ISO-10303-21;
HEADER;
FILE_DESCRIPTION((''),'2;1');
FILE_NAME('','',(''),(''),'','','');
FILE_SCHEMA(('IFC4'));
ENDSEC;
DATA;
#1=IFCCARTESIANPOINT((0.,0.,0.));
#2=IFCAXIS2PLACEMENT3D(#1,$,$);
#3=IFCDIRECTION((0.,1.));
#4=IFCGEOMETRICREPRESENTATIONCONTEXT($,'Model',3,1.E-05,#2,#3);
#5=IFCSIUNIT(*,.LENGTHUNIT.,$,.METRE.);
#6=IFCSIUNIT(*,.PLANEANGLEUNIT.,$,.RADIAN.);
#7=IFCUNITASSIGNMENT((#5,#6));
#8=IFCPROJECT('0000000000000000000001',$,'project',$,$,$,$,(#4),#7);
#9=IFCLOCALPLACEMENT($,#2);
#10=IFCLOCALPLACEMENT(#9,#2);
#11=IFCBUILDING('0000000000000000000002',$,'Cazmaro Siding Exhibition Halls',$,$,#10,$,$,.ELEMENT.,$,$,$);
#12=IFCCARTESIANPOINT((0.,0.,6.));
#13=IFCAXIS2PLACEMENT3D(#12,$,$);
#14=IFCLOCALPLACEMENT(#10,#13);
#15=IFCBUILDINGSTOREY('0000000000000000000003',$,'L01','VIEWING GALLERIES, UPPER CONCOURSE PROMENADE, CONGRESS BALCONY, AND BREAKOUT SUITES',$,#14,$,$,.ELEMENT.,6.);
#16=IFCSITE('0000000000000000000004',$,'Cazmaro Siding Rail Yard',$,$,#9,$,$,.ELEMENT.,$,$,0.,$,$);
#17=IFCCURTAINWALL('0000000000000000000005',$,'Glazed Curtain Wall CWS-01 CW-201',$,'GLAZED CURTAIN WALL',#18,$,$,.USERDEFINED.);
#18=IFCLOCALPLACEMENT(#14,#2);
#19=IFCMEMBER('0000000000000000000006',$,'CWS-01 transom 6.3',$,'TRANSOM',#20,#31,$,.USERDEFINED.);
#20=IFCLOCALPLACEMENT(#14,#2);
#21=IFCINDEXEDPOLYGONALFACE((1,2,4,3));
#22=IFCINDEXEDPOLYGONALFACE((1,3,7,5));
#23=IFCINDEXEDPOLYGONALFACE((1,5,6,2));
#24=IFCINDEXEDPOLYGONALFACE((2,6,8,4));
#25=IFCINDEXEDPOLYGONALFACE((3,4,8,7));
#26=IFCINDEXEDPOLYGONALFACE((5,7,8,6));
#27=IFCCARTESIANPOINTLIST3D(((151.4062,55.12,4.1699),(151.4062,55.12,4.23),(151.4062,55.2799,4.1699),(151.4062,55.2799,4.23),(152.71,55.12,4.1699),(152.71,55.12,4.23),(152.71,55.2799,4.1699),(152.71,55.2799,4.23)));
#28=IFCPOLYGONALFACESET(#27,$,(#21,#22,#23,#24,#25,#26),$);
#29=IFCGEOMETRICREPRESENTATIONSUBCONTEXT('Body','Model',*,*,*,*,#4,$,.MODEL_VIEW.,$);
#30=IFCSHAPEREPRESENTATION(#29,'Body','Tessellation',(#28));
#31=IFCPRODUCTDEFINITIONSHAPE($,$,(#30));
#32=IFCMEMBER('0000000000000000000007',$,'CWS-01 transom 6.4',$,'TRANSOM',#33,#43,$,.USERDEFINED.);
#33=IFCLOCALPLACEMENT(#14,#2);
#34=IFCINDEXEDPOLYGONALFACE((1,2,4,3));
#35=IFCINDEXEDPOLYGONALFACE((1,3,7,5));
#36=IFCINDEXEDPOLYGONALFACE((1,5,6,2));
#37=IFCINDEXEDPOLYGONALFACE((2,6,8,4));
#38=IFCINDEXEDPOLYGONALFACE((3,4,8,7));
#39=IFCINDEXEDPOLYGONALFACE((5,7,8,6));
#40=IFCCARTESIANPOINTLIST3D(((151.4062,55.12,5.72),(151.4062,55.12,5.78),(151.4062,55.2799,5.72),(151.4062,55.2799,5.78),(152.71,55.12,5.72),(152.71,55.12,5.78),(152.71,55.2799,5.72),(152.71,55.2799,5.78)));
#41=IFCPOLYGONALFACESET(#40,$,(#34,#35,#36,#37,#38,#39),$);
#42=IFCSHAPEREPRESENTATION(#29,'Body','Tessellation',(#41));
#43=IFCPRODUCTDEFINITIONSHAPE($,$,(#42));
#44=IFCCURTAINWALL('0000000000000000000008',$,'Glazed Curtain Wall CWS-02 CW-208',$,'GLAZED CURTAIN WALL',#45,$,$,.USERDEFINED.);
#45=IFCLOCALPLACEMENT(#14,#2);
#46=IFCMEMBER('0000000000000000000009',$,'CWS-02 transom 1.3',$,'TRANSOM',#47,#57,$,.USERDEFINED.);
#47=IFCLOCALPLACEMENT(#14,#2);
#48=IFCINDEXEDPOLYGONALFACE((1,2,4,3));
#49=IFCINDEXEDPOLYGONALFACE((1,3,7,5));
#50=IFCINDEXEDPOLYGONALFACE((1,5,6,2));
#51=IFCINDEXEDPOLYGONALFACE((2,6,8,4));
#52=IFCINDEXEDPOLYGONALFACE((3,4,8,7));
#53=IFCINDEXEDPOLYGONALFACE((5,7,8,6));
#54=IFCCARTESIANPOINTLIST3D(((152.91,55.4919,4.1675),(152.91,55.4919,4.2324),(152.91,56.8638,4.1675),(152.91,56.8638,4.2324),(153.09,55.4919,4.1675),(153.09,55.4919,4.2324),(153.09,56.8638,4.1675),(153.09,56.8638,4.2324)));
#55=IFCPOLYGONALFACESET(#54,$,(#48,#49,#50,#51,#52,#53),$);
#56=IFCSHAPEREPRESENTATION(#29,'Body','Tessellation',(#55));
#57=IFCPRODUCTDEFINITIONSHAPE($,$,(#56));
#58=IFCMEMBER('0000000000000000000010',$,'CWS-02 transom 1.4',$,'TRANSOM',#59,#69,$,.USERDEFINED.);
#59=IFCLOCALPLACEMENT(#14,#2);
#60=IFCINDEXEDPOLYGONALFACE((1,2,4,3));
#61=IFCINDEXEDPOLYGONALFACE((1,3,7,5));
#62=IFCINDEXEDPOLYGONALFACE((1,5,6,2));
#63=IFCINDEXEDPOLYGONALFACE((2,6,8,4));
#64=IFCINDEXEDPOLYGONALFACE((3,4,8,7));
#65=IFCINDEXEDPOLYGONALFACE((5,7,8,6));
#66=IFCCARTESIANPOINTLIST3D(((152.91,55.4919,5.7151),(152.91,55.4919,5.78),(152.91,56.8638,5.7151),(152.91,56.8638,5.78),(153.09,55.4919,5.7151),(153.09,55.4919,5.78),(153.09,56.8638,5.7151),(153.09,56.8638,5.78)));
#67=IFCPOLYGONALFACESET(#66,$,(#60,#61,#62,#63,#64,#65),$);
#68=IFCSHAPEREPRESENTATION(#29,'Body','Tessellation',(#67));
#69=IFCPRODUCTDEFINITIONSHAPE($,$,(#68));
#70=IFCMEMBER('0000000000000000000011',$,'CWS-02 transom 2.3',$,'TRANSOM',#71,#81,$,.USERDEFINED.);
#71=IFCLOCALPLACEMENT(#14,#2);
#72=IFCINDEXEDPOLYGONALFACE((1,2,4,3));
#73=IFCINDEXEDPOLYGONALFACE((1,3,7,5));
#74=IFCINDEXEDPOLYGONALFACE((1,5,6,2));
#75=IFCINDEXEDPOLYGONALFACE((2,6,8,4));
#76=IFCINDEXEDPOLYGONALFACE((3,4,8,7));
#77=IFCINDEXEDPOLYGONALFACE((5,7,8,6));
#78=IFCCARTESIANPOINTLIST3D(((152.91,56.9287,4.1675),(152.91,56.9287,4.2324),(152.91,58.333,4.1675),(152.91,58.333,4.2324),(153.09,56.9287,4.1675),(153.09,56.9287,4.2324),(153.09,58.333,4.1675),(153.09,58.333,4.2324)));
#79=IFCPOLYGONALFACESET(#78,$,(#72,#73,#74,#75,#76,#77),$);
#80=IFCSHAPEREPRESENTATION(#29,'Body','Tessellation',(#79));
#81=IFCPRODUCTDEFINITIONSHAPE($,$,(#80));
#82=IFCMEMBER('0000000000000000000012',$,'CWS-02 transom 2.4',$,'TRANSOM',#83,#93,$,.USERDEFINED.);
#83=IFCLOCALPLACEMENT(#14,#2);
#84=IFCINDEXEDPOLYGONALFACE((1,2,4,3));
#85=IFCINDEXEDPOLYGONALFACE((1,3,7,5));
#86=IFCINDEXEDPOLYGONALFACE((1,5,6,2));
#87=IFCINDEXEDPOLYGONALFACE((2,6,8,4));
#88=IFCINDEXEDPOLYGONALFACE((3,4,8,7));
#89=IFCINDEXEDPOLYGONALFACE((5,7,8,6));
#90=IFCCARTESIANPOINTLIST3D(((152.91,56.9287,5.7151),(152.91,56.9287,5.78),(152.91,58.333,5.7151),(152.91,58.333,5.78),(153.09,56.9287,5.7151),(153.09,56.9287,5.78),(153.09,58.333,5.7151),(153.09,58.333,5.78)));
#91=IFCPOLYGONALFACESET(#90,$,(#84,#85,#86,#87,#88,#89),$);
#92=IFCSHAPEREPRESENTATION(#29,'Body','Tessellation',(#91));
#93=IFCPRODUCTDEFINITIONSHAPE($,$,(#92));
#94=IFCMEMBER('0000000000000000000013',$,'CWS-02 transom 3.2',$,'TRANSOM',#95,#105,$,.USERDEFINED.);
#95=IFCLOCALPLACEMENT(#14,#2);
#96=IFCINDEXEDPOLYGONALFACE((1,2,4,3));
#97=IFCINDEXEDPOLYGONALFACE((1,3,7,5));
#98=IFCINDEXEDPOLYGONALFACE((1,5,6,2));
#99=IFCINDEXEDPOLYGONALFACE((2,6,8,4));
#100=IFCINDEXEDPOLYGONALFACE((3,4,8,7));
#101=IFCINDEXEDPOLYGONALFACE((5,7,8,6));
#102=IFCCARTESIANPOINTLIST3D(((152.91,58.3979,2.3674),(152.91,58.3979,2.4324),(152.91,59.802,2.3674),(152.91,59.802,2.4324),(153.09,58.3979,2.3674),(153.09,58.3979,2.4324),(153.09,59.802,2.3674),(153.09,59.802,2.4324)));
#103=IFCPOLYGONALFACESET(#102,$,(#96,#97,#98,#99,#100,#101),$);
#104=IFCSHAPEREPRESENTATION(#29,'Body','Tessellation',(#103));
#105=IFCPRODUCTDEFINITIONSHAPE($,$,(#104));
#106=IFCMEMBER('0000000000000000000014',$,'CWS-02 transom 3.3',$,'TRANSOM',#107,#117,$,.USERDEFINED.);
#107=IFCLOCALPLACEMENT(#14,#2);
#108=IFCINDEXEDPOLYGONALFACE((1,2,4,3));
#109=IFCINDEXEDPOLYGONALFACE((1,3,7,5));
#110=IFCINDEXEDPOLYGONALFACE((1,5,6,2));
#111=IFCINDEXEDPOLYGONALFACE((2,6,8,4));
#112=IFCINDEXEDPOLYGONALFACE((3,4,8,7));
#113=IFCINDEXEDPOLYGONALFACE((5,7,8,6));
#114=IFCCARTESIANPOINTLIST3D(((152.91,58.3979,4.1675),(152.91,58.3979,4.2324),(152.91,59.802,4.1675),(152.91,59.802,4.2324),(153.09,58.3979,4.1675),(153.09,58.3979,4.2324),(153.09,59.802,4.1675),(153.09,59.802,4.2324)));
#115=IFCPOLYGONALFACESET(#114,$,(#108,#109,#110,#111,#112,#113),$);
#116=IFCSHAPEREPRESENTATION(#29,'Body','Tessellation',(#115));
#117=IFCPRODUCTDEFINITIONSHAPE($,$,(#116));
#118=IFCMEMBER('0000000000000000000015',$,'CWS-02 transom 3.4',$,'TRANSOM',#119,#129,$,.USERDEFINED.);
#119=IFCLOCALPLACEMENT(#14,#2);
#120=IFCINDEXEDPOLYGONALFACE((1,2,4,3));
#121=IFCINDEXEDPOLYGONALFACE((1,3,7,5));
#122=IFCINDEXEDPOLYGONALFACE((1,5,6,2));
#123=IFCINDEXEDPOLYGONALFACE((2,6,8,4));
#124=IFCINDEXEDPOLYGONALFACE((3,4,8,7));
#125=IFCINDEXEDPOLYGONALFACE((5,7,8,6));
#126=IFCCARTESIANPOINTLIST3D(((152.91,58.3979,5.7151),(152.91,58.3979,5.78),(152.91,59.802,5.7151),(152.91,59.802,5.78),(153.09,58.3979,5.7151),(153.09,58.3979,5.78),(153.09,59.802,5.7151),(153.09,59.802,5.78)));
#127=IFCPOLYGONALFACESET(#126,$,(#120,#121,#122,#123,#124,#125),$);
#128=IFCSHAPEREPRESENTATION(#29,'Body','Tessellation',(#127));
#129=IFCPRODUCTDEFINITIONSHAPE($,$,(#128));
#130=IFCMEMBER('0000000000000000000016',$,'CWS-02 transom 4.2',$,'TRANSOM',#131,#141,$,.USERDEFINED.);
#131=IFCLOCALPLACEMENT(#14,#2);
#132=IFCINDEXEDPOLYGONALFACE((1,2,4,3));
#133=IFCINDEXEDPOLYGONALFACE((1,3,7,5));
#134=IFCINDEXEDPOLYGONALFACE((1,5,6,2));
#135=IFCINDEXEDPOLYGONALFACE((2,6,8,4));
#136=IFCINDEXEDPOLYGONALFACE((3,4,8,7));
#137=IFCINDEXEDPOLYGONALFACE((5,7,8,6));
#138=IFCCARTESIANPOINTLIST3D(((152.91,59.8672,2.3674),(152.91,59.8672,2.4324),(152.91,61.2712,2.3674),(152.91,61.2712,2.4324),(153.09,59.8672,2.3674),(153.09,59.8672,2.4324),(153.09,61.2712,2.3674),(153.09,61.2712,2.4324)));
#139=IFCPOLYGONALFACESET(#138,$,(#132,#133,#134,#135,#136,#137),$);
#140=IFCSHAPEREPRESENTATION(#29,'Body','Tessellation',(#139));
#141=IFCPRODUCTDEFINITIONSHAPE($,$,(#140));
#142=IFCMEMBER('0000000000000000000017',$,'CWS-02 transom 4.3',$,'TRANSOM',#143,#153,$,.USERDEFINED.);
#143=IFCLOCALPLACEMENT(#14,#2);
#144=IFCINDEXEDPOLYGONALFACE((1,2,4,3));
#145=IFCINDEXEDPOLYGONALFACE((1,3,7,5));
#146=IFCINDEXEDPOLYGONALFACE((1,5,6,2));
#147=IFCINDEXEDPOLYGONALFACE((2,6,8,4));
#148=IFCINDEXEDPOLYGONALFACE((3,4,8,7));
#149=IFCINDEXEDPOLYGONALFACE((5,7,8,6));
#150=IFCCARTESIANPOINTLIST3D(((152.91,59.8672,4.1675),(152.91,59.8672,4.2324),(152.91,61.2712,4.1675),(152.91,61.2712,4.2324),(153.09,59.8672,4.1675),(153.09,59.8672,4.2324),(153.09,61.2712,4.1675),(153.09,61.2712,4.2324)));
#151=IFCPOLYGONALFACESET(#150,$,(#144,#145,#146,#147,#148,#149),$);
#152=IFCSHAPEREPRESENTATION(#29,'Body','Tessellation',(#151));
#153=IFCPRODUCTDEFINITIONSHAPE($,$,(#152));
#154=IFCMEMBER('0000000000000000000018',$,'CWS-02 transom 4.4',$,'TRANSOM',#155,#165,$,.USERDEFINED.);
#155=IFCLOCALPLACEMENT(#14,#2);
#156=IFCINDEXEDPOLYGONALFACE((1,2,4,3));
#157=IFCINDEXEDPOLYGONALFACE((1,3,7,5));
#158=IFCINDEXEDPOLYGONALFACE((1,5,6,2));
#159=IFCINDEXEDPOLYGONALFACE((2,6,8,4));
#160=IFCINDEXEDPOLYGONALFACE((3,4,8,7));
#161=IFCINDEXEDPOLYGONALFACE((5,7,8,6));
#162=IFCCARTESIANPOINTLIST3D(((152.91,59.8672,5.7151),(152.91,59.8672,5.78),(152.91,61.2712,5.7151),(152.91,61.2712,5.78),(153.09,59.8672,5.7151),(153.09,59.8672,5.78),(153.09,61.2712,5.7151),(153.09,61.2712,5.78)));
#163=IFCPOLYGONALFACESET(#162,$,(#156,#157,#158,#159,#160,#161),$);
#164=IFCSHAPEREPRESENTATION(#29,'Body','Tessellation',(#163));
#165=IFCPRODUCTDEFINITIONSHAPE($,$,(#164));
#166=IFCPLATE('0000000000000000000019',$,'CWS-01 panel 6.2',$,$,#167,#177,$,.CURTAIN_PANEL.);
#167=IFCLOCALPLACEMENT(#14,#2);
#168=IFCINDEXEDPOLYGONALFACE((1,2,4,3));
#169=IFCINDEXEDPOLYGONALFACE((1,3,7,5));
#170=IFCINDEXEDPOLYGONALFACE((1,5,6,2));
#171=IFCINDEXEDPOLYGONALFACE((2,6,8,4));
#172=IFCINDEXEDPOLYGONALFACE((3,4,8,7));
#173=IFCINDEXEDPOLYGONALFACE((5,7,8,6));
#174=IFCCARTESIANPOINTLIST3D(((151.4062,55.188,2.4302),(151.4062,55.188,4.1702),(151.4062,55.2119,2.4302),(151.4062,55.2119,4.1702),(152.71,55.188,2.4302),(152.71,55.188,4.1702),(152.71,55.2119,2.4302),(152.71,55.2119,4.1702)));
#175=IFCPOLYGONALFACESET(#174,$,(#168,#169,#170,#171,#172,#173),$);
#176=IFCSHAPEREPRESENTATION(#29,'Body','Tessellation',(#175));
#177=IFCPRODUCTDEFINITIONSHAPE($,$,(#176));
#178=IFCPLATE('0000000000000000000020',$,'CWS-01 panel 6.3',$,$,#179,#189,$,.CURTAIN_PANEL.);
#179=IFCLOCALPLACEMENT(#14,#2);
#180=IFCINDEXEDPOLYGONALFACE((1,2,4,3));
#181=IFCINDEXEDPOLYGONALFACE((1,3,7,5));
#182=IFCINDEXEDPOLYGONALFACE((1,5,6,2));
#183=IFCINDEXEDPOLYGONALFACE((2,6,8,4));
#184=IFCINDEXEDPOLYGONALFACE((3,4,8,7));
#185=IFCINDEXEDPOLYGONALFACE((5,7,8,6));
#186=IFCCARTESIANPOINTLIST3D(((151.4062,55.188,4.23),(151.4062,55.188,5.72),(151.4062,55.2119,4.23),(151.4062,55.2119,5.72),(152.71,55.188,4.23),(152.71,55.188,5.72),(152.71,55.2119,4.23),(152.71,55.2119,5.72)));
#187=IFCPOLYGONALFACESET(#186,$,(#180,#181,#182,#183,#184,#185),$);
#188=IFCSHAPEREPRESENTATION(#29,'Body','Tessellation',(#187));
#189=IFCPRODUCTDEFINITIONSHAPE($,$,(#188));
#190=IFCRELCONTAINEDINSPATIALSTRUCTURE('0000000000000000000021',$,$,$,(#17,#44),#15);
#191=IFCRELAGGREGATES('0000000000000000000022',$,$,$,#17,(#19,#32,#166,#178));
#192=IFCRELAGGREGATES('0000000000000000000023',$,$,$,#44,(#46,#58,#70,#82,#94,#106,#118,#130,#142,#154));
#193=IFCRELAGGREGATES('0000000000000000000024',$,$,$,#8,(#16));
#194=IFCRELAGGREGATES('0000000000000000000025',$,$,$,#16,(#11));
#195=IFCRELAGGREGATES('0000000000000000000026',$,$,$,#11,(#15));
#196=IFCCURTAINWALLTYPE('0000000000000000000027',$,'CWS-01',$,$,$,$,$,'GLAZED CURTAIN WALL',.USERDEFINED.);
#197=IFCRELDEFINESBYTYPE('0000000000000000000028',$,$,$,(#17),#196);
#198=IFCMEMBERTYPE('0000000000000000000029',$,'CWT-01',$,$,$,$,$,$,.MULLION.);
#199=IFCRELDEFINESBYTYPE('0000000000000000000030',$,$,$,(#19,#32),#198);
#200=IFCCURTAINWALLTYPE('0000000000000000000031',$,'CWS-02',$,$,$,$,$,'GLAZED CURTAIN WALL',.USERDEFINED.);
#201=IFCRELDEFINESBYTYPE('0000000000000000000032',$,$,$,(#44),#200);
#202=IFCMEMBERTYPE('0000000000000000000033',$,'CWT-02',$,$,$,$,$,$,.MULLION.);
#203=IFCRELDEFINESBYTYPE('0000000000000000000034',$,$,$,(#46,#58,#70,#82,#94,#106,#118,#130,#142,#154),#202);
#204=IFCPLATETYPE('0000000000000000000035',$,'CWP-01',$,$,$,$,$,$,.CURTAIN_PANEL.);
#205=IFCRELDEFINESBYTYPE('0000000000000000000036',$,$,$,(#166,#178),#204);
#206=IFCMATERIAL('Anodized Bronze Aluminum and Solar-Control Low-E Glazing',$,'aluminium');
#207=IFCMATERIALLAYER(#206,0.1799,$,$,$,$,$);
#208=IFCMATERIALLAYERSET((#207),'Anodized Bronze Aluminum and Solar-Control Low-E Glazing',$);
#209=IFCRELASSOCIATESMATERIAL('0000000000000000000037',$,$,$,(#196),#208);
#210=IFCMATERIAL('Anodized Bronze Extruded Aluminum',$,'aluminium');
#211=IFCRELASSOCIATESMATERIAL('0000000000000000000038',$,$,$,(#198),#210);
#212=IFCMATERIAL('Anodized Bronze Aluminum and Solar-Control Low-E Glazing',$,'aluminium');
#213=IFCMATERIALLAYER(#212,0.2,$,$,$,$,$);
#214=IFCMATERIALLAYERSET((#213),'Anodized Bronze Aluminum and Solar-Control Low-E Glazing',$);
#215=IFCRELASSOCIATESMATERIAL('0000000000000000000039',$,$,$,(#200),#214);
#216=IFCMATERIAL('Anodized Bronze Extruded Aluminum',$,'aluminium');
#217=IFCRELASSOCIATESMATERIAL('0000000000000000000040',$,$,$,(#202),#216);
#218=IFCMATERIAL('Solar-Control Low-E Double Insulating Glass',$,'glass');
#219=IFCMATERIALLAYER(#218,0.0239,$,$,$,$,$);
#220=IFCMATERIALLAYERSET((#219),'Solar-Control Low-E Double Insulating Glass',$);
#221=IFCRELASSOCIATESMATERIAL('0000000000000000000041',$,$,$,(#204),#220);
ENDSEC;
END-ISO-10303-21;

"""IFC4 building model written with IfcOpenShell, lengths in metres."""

from ifc_helpers import new_model, si_unit, direction, frame, origin, origin_2d, place, context, subcontext, project, spatial, rectangle, extrude, material, layer, layer_set, material_profile, profile_set, type_object, element, aggregate, save


model = new_model("IFC4")

# Units and contexts
model_context = context("Model", 3, precision=1e-05, world=origin(), true_north=direction((0.0, 1.0)))
body_context = subcontext(model_context, "Body", "Model", "MODEL_VIEW")
ifc_project = project(units=[si_unit("LENGTHUNIT", "METRE"), si_unit("PLANEANGLEUNIT", "RADIAN")], contexts=[model_context])

# Site, building, storey
site_placement = place(None, origin())
site = spatial("IfcSite", under=ifc_project, at=site_placement, Name="Cazmaro Siding Rail Yard", CompositionType="ELEMENT", RefElevation=0.0)
building_placement = place(site_placement, origin())
building = spatial("IfcBuilding", under=site, at=building_placement, Name="Cazmaro Siding Exhibition Halls", CompositionType="ELEMENT")
storey_placement = place(building_placement, frame((0.0, 0.0, 6.0)))
storey = spatial("IfcBuildingStorey", under=building, at=storey_placement, Name="L01", Description="VIEWING GALLERIES, UPPER CONCOURSE PROMENADE, CONGRESS BALCONY, AND BREAKOUT SUITES", CompositionType="ELEMENT", Elevation=6.0)

# Curtain walls, members
ifc_material_1 = material(Name="Anodized Bronze Aluminum and Solar-Control Low-E Glazing", Category="aluminium")
ifc_layer_1 = layer(ifc_material_1, 0.1799)
ifc_layer_set_1 = layer_set([ifc_layer_1], Name="Anodized Bronze Aluminum and Solar-Control Low-E Glazing")
curtain_wall_type_1 = type_object("IfcCurtainWallType", Name="CWS-01", ElementType="GLAZED CURTAIN WALL", PredefinedType="USERDEFINED", material=ifc_layer_set_1)
curtain_wall_1_placement = place(storey_placement, origin())
curtain_wall_1 = element("IfcCurtainWall", 1, at=curtain_wall_1_placement, inside=storey, type_object=curtain_wall_type_1, Name="Glazed Curtain Wall CWS-01 CW-201", ObjectType="GLAZED CURTAIN WALL", PredefinedType="USERDEFINED")
ifc_material_2 = material(Name="Anodized Bronze Extruded Aluminum", Category="aluminium")
ifc_material_profile_1 = material_profile(ifc_material_2, rectangle(XDim=0.1599, YDim=0.0601, at=origin_2d()), Name="CWT-01")
ifc_profile_set_1 = profile_set([ifc_material_profile_1], Name="Anodized Bronze Extruded Aluminum")
member_type_1 = type_object("IfcMemberType", Name="CWT-01", PredefinedType="MULLION", material=ifc_profile_set_1)
member_1_placement = place(storey_placement, frame((151.4062, 55.2, 4.2), z_axis=(1.0, 0.0, 0.0), x_axis=(0.0, 1.0, 0.0)))
member_1 = element("IfcMember", 2, at=member_1_placement, type_object=member_type_1, Name="CWS-01 transom 6.3", ObjectType="TRANSOM", PredefinedType="USERDEFINED", context=body_context, shape_type="SweptSolid", body=[
    extrude(rectangle(XDim=0.1599, YDim=0.0601, at=origin_2d()), origin(), (0.0, 0.0, 1.0), 1.3037),
])
member_2_placement = place(storey_placement, frame((151.4062, 55.2, 5.75), z_axis=(1.0, 0.0, 0.0), x_axis=(0.0, 1.0, 0.0)))
member_2 = element("IfcMember", 3, at=member_2_placement, type_object=member_type_1, Name="CWS-01 transom 6.4", ObjectType="TRANSOM", PredefinedType="USERDEFINED", context=body_context, shape_type="SweptSolid", body=[
    extrude(rectangle(XDim=0.1599, YDim=0.0601, at=origin_2d()), origin(), (0.0, 0.0, 1.0), 1.3037),
])
ifc_material_3 = material(Name="Anodized Bronze Aluminum and Solar-Control Low-E Glazing", Category="aluminium")
ifc_layer_2 = layer(ifc_material_3, 0.2)
ifc_layer_set_2 = layer_set([ifc_layer_2], Name="Anodized Bronze Aluminum and Solar-Control Low-E Glazing")
curtain_wall_type_2 = type_object("IfcCurtainWallType", Name="CWS-02", ElementType="GLAZED CURTAIN WALL", PredefinedType="USERDEFINED", material=ifc_layer_set_2)
curtain_wall_2_placement = place(storey_placement, origin())
curtain_wall_2 = element("IfcCurtainWall", 4, at=curtain_wall_2_placement, inside=storey, type_object=curtain_wall_type_2, Name="Glazed Curtain Wall CWS-02 CW-208", ObjectType="GLAZED CURTAIN WALL", PredefinedType="USERDEFINED")
ifc_material_4 = material(Name="Anodized Bronze Extruded Aluminum", Category="aluminium")
ifc_material_profile_2 = material_profile(ifc_material_4, rectangle(XDim=0.1799, YDim=0.0649, at=origin_2d()), Name="CWT-02")
ifc_profile_set_2 = profile_set([ifc_material_profile_2], Name="Anodized Bronze Extruded Aluminum")
member_type_2 = type_object("IfcMemberType", Name="CWT-02", PredefinedType="MULLION", material=ifc_profile_set_2)
member_3_placement = place(storey_placement, frame((153.0, 55.4919, 4.2), z_axis=(0.0, 1.0, 0.0), x_axis=(-1.0, 0.0, 0.0)))
member_3 = element("IfcMember", 5, at=member_3_placement, type_object=member_type_2, Name="CWS-02 transom 1.3", ObjectType="TRANSOM", PredefinedType="USERDEFINED", context=body_context, shape_type="SweptSolid", body=[
    extrude(rectangle(XDim=0.1799, YDim=0.0649, at=origin_2d()), origin(), (0.0, 0.0, 1.0), 1.3718),
])
member_4_placement = place(storey_placement, frame((153.0, 55.4919, 5.7476), z_axis=(0.0, 1.0, 0.0), x_axis=(-1.0, 0.0, 0.0)))
member_4 = element("IfcMember", 6, at=member_4_placement, type_object=member_type_2, Name="CWS-02 transom 1.4", ObjectType="TRANSOM", PredefinedType="USERDEFINED", context=body_context, shape_type="SweptSolid", body=[
    extrude(rectangle(XDim=0.1799, YDim=0.0649, at=origin_2d()), origin(), (0.0, 0.0, 1.0), 1.3718),
])
member_5_placement = place(storey_placement, frame((153.0, 56.9287, 4.2), z_axis=(0.0, 1.0, 0.0), x_axis=(-1.0, 0.0, 0.0)))
member_5 = element("IfcMember", 7, at=member_5_placement, type_object=member_type_2, Name="CWS-02 transom 2.3", ObjectType="TRANSOM", PredefinedType="USERDEFINED", context=body_context, shape_type="SweptSolid", body=[
    extrude(rectangle(XDim=0.1799, YDim=0.0649, at=origin_2d()), origin(), (0.0, 0.0, 1.0), 1.4043),
])
member_6_placement = place(storey_placement, frame((153.0, 56.9287, 5.7476), z_axis=(0.0, 1.0, 0.0), x_axis=(-1.0, 0.0, 0.0)))
member_6 = element("IfcMember", 8, at=member_6_placement, type_object=member_type_2, Name="CWS-02 transom 2.4", ObjectType="TRANSOM", PredefinedType="USERDEFINED", context=body_context, shape_type="SweptSolid", body=[
    extrude(rectangle(XDim=0.1799, YDim=0.0649, at=origin_2d()), origin(), (0.0, 0.0, 1.0), 1.4043),
])
member_7_placement = place(storey_placement, frame((153.0, 58.3979, 2.3999), z_axis=(0.0, 1.0, 0.0), x_axis=(-1.0, 0.0, 0.0)))
member_7 = element("IfcMember", 9, at=member_7_placement, type_object=member_type_2, Name="CWS-02 transom 3.2", ObjectType="TRANSOM", PredefinedType="USERDEFINED", context=body_context, shape_type="SweptSolid", body=[
    extrude(rectangle(XDim=0.1799, YDim=0.0649, at=origin_2d()), origin(), (0.0, 0.0, 1.0), 1.4041),
])
member_8_placement = place(storey_placement, frame((153.0, 58.3979, 4.2), z_axis=(0.0, 1.0, 0.0), x_axis=(-1.0, 0.0, 0.0)))
member_8 = element("IfcMember", 10, at=member_8_placement, type_object=member_type_2, Name="CWS-02 transom 3.3", ObjectType="TRANSOM", PredefinedType="USERDEFINED", context=body_context, shape_type="SweptSolid", body=[
    extrude(rectangle(XDim=0.1799, YDim=0.0649, at=origin_2d()), origin(), (0.0, 0.0, 1.0), 1.4041),
])
member_9_placement = place(storey_placement, frame((153.0, 58.3979, 5.7476), z_axis=(0.0, 1.0, 0.0), x_axis=(-1.0, 0.0, 0.0)))
member_9 = element("IfcMember", 11, at=member_9_placement, type_object=member_type_2, Name="CWS-02 transom 3.4", ObjectType="TRANSOM", PredefinedType="USERDEFINED", context=body_context, shape_type="SweptSolid", body=[
    extrude(rectangle(XDim=0.1799, YDim=0.0649, at=origin_2d()), origin(), (0.0, 0.0, 1.0), 1.4041),
])
member_10_placement = place(storey_placement, frame((153.0, 59.8672, 2.3999), z_axis=(0.0, 1.0, 0.0), x_axis=(-1.0, 0.0, 0.0)))
member_10 = element("IfcMember", 12, at=member_10_placement, type_object=member_type_2, Name="CWS-02 transom 4.2", ObjectType="TRANSOM", PredefinedType="USERDEFINED", context=body_context, shape_type="SweptSolid", body=[
    extrude(rectangle(XDim=0.1799, YDim=0.0649, at=origin_2d()), origin(), (0.0, 0.0, 1.0), 1.4041),
])
member_11_placement = place(storey_placement, frame((153.0, 59.8672, 4.2), z_axis=(0.0, 1.0, 0.0), x_axis=(-1.0, 0.0, 0.0)))
member_11 = element("IfcMember", 13, at=member_11_placement, type_object=member_type_2, Name="CWS-02 transom 4.3", ObjectType="TRANSOM", PredefinedType="USERDEFINED", context=body_context, shape_type="SweptSolid", body=[
    extrude(rectangle(XDim=0.1799, YDim=0.0649, at=origin_2d()), origin(), (0.0, 0.0, 1.0), 1.4041),
])
member_12_placement = place(storey_placement, frame((153.0, 59.8672, 5.7476), z_axis=(0.0, 1.0, 0.0), x_axis=(-1.0, 0.0, 0.0)))
member_12 = element("IfcMember", 14, at=member_12_placement, type_object=member_type_2, Name="CWS-02 transom 4.4", ObjectType="TRANSOM", PredefinedType="USERDEFINED", context=body_context, shape_type="SweptSolid", body=[
    extrude(rectangle(XDim=0.1799, YDim=0.0649, at=origin_2d()), origin(), (0.0, 0.0, 1.0), 1.4041),
])

# Plates
ifc_material_5 = material(Name="Solar-Control Low-E Double Insulating Glass", Category="glass")
ifc_layer_3 = layer(ifc_material_5, 0.0239)
ifc_layer_set_3 = layer_set([ifc_layer_3], Name="Solar-Control Low-E Double Insulating Glass")
plate_type_1 = type_object("IfcPlateType", Name="CWP-01", PredefinedType="CURTAIN_PANEL", material=ifc_layer_set_3)
plate_1_placement = place(storey_placement, frame((152.0581, 55.2, 2.4302), z_axis=(0.0, 0.0, 1.0), x_axis=(1.0, 0.0, 0.0)))
plate_1 = element("IfcPlate", 15, at=plate_1_placement, type_object=plate_type_1, Name="CWS-01 panel 6.2", PredefinedType="CURTAIN_PANEL", context=body_context, shape_type="SweptSolid", body=[
    extrude(rectangle(XDim=1.3037, YDim=0.0239, at=origin_2d()), origin(), (0.0, 0.0, 1.0), 1.74),
])
plate_2_placement = place(storey_placement, frame((152.0581, 55.2, 4.23), z_axis=(0.0, 0.0, 1.0), x_axis=(1.0, 0.0, 0.0)))
plate_2 = element("IfcPlate", 16, at=plate_2_placement, type_object=plate_type_1, Name="CWS-01 panel 6.3", PredefinedType="CURTAIN_PANEL", context=body_context, shape_type="SweptSolid", body=[
    extrude(rectangle(XDim=1.3037, YDim=0.0239, at=origin_2d()), origin(), (0.0, 0.0, 1.0), 1.49),
])
aggregate(curtain_wall_1, [member_1, member_2, plate_1, plate_2])
aggregate(curtain_wall_2, [member_3, member_4, member_5, member_6, member_7, member_8, member_9, member_10, member_11, member_12])

save(model, "model.ifc")
